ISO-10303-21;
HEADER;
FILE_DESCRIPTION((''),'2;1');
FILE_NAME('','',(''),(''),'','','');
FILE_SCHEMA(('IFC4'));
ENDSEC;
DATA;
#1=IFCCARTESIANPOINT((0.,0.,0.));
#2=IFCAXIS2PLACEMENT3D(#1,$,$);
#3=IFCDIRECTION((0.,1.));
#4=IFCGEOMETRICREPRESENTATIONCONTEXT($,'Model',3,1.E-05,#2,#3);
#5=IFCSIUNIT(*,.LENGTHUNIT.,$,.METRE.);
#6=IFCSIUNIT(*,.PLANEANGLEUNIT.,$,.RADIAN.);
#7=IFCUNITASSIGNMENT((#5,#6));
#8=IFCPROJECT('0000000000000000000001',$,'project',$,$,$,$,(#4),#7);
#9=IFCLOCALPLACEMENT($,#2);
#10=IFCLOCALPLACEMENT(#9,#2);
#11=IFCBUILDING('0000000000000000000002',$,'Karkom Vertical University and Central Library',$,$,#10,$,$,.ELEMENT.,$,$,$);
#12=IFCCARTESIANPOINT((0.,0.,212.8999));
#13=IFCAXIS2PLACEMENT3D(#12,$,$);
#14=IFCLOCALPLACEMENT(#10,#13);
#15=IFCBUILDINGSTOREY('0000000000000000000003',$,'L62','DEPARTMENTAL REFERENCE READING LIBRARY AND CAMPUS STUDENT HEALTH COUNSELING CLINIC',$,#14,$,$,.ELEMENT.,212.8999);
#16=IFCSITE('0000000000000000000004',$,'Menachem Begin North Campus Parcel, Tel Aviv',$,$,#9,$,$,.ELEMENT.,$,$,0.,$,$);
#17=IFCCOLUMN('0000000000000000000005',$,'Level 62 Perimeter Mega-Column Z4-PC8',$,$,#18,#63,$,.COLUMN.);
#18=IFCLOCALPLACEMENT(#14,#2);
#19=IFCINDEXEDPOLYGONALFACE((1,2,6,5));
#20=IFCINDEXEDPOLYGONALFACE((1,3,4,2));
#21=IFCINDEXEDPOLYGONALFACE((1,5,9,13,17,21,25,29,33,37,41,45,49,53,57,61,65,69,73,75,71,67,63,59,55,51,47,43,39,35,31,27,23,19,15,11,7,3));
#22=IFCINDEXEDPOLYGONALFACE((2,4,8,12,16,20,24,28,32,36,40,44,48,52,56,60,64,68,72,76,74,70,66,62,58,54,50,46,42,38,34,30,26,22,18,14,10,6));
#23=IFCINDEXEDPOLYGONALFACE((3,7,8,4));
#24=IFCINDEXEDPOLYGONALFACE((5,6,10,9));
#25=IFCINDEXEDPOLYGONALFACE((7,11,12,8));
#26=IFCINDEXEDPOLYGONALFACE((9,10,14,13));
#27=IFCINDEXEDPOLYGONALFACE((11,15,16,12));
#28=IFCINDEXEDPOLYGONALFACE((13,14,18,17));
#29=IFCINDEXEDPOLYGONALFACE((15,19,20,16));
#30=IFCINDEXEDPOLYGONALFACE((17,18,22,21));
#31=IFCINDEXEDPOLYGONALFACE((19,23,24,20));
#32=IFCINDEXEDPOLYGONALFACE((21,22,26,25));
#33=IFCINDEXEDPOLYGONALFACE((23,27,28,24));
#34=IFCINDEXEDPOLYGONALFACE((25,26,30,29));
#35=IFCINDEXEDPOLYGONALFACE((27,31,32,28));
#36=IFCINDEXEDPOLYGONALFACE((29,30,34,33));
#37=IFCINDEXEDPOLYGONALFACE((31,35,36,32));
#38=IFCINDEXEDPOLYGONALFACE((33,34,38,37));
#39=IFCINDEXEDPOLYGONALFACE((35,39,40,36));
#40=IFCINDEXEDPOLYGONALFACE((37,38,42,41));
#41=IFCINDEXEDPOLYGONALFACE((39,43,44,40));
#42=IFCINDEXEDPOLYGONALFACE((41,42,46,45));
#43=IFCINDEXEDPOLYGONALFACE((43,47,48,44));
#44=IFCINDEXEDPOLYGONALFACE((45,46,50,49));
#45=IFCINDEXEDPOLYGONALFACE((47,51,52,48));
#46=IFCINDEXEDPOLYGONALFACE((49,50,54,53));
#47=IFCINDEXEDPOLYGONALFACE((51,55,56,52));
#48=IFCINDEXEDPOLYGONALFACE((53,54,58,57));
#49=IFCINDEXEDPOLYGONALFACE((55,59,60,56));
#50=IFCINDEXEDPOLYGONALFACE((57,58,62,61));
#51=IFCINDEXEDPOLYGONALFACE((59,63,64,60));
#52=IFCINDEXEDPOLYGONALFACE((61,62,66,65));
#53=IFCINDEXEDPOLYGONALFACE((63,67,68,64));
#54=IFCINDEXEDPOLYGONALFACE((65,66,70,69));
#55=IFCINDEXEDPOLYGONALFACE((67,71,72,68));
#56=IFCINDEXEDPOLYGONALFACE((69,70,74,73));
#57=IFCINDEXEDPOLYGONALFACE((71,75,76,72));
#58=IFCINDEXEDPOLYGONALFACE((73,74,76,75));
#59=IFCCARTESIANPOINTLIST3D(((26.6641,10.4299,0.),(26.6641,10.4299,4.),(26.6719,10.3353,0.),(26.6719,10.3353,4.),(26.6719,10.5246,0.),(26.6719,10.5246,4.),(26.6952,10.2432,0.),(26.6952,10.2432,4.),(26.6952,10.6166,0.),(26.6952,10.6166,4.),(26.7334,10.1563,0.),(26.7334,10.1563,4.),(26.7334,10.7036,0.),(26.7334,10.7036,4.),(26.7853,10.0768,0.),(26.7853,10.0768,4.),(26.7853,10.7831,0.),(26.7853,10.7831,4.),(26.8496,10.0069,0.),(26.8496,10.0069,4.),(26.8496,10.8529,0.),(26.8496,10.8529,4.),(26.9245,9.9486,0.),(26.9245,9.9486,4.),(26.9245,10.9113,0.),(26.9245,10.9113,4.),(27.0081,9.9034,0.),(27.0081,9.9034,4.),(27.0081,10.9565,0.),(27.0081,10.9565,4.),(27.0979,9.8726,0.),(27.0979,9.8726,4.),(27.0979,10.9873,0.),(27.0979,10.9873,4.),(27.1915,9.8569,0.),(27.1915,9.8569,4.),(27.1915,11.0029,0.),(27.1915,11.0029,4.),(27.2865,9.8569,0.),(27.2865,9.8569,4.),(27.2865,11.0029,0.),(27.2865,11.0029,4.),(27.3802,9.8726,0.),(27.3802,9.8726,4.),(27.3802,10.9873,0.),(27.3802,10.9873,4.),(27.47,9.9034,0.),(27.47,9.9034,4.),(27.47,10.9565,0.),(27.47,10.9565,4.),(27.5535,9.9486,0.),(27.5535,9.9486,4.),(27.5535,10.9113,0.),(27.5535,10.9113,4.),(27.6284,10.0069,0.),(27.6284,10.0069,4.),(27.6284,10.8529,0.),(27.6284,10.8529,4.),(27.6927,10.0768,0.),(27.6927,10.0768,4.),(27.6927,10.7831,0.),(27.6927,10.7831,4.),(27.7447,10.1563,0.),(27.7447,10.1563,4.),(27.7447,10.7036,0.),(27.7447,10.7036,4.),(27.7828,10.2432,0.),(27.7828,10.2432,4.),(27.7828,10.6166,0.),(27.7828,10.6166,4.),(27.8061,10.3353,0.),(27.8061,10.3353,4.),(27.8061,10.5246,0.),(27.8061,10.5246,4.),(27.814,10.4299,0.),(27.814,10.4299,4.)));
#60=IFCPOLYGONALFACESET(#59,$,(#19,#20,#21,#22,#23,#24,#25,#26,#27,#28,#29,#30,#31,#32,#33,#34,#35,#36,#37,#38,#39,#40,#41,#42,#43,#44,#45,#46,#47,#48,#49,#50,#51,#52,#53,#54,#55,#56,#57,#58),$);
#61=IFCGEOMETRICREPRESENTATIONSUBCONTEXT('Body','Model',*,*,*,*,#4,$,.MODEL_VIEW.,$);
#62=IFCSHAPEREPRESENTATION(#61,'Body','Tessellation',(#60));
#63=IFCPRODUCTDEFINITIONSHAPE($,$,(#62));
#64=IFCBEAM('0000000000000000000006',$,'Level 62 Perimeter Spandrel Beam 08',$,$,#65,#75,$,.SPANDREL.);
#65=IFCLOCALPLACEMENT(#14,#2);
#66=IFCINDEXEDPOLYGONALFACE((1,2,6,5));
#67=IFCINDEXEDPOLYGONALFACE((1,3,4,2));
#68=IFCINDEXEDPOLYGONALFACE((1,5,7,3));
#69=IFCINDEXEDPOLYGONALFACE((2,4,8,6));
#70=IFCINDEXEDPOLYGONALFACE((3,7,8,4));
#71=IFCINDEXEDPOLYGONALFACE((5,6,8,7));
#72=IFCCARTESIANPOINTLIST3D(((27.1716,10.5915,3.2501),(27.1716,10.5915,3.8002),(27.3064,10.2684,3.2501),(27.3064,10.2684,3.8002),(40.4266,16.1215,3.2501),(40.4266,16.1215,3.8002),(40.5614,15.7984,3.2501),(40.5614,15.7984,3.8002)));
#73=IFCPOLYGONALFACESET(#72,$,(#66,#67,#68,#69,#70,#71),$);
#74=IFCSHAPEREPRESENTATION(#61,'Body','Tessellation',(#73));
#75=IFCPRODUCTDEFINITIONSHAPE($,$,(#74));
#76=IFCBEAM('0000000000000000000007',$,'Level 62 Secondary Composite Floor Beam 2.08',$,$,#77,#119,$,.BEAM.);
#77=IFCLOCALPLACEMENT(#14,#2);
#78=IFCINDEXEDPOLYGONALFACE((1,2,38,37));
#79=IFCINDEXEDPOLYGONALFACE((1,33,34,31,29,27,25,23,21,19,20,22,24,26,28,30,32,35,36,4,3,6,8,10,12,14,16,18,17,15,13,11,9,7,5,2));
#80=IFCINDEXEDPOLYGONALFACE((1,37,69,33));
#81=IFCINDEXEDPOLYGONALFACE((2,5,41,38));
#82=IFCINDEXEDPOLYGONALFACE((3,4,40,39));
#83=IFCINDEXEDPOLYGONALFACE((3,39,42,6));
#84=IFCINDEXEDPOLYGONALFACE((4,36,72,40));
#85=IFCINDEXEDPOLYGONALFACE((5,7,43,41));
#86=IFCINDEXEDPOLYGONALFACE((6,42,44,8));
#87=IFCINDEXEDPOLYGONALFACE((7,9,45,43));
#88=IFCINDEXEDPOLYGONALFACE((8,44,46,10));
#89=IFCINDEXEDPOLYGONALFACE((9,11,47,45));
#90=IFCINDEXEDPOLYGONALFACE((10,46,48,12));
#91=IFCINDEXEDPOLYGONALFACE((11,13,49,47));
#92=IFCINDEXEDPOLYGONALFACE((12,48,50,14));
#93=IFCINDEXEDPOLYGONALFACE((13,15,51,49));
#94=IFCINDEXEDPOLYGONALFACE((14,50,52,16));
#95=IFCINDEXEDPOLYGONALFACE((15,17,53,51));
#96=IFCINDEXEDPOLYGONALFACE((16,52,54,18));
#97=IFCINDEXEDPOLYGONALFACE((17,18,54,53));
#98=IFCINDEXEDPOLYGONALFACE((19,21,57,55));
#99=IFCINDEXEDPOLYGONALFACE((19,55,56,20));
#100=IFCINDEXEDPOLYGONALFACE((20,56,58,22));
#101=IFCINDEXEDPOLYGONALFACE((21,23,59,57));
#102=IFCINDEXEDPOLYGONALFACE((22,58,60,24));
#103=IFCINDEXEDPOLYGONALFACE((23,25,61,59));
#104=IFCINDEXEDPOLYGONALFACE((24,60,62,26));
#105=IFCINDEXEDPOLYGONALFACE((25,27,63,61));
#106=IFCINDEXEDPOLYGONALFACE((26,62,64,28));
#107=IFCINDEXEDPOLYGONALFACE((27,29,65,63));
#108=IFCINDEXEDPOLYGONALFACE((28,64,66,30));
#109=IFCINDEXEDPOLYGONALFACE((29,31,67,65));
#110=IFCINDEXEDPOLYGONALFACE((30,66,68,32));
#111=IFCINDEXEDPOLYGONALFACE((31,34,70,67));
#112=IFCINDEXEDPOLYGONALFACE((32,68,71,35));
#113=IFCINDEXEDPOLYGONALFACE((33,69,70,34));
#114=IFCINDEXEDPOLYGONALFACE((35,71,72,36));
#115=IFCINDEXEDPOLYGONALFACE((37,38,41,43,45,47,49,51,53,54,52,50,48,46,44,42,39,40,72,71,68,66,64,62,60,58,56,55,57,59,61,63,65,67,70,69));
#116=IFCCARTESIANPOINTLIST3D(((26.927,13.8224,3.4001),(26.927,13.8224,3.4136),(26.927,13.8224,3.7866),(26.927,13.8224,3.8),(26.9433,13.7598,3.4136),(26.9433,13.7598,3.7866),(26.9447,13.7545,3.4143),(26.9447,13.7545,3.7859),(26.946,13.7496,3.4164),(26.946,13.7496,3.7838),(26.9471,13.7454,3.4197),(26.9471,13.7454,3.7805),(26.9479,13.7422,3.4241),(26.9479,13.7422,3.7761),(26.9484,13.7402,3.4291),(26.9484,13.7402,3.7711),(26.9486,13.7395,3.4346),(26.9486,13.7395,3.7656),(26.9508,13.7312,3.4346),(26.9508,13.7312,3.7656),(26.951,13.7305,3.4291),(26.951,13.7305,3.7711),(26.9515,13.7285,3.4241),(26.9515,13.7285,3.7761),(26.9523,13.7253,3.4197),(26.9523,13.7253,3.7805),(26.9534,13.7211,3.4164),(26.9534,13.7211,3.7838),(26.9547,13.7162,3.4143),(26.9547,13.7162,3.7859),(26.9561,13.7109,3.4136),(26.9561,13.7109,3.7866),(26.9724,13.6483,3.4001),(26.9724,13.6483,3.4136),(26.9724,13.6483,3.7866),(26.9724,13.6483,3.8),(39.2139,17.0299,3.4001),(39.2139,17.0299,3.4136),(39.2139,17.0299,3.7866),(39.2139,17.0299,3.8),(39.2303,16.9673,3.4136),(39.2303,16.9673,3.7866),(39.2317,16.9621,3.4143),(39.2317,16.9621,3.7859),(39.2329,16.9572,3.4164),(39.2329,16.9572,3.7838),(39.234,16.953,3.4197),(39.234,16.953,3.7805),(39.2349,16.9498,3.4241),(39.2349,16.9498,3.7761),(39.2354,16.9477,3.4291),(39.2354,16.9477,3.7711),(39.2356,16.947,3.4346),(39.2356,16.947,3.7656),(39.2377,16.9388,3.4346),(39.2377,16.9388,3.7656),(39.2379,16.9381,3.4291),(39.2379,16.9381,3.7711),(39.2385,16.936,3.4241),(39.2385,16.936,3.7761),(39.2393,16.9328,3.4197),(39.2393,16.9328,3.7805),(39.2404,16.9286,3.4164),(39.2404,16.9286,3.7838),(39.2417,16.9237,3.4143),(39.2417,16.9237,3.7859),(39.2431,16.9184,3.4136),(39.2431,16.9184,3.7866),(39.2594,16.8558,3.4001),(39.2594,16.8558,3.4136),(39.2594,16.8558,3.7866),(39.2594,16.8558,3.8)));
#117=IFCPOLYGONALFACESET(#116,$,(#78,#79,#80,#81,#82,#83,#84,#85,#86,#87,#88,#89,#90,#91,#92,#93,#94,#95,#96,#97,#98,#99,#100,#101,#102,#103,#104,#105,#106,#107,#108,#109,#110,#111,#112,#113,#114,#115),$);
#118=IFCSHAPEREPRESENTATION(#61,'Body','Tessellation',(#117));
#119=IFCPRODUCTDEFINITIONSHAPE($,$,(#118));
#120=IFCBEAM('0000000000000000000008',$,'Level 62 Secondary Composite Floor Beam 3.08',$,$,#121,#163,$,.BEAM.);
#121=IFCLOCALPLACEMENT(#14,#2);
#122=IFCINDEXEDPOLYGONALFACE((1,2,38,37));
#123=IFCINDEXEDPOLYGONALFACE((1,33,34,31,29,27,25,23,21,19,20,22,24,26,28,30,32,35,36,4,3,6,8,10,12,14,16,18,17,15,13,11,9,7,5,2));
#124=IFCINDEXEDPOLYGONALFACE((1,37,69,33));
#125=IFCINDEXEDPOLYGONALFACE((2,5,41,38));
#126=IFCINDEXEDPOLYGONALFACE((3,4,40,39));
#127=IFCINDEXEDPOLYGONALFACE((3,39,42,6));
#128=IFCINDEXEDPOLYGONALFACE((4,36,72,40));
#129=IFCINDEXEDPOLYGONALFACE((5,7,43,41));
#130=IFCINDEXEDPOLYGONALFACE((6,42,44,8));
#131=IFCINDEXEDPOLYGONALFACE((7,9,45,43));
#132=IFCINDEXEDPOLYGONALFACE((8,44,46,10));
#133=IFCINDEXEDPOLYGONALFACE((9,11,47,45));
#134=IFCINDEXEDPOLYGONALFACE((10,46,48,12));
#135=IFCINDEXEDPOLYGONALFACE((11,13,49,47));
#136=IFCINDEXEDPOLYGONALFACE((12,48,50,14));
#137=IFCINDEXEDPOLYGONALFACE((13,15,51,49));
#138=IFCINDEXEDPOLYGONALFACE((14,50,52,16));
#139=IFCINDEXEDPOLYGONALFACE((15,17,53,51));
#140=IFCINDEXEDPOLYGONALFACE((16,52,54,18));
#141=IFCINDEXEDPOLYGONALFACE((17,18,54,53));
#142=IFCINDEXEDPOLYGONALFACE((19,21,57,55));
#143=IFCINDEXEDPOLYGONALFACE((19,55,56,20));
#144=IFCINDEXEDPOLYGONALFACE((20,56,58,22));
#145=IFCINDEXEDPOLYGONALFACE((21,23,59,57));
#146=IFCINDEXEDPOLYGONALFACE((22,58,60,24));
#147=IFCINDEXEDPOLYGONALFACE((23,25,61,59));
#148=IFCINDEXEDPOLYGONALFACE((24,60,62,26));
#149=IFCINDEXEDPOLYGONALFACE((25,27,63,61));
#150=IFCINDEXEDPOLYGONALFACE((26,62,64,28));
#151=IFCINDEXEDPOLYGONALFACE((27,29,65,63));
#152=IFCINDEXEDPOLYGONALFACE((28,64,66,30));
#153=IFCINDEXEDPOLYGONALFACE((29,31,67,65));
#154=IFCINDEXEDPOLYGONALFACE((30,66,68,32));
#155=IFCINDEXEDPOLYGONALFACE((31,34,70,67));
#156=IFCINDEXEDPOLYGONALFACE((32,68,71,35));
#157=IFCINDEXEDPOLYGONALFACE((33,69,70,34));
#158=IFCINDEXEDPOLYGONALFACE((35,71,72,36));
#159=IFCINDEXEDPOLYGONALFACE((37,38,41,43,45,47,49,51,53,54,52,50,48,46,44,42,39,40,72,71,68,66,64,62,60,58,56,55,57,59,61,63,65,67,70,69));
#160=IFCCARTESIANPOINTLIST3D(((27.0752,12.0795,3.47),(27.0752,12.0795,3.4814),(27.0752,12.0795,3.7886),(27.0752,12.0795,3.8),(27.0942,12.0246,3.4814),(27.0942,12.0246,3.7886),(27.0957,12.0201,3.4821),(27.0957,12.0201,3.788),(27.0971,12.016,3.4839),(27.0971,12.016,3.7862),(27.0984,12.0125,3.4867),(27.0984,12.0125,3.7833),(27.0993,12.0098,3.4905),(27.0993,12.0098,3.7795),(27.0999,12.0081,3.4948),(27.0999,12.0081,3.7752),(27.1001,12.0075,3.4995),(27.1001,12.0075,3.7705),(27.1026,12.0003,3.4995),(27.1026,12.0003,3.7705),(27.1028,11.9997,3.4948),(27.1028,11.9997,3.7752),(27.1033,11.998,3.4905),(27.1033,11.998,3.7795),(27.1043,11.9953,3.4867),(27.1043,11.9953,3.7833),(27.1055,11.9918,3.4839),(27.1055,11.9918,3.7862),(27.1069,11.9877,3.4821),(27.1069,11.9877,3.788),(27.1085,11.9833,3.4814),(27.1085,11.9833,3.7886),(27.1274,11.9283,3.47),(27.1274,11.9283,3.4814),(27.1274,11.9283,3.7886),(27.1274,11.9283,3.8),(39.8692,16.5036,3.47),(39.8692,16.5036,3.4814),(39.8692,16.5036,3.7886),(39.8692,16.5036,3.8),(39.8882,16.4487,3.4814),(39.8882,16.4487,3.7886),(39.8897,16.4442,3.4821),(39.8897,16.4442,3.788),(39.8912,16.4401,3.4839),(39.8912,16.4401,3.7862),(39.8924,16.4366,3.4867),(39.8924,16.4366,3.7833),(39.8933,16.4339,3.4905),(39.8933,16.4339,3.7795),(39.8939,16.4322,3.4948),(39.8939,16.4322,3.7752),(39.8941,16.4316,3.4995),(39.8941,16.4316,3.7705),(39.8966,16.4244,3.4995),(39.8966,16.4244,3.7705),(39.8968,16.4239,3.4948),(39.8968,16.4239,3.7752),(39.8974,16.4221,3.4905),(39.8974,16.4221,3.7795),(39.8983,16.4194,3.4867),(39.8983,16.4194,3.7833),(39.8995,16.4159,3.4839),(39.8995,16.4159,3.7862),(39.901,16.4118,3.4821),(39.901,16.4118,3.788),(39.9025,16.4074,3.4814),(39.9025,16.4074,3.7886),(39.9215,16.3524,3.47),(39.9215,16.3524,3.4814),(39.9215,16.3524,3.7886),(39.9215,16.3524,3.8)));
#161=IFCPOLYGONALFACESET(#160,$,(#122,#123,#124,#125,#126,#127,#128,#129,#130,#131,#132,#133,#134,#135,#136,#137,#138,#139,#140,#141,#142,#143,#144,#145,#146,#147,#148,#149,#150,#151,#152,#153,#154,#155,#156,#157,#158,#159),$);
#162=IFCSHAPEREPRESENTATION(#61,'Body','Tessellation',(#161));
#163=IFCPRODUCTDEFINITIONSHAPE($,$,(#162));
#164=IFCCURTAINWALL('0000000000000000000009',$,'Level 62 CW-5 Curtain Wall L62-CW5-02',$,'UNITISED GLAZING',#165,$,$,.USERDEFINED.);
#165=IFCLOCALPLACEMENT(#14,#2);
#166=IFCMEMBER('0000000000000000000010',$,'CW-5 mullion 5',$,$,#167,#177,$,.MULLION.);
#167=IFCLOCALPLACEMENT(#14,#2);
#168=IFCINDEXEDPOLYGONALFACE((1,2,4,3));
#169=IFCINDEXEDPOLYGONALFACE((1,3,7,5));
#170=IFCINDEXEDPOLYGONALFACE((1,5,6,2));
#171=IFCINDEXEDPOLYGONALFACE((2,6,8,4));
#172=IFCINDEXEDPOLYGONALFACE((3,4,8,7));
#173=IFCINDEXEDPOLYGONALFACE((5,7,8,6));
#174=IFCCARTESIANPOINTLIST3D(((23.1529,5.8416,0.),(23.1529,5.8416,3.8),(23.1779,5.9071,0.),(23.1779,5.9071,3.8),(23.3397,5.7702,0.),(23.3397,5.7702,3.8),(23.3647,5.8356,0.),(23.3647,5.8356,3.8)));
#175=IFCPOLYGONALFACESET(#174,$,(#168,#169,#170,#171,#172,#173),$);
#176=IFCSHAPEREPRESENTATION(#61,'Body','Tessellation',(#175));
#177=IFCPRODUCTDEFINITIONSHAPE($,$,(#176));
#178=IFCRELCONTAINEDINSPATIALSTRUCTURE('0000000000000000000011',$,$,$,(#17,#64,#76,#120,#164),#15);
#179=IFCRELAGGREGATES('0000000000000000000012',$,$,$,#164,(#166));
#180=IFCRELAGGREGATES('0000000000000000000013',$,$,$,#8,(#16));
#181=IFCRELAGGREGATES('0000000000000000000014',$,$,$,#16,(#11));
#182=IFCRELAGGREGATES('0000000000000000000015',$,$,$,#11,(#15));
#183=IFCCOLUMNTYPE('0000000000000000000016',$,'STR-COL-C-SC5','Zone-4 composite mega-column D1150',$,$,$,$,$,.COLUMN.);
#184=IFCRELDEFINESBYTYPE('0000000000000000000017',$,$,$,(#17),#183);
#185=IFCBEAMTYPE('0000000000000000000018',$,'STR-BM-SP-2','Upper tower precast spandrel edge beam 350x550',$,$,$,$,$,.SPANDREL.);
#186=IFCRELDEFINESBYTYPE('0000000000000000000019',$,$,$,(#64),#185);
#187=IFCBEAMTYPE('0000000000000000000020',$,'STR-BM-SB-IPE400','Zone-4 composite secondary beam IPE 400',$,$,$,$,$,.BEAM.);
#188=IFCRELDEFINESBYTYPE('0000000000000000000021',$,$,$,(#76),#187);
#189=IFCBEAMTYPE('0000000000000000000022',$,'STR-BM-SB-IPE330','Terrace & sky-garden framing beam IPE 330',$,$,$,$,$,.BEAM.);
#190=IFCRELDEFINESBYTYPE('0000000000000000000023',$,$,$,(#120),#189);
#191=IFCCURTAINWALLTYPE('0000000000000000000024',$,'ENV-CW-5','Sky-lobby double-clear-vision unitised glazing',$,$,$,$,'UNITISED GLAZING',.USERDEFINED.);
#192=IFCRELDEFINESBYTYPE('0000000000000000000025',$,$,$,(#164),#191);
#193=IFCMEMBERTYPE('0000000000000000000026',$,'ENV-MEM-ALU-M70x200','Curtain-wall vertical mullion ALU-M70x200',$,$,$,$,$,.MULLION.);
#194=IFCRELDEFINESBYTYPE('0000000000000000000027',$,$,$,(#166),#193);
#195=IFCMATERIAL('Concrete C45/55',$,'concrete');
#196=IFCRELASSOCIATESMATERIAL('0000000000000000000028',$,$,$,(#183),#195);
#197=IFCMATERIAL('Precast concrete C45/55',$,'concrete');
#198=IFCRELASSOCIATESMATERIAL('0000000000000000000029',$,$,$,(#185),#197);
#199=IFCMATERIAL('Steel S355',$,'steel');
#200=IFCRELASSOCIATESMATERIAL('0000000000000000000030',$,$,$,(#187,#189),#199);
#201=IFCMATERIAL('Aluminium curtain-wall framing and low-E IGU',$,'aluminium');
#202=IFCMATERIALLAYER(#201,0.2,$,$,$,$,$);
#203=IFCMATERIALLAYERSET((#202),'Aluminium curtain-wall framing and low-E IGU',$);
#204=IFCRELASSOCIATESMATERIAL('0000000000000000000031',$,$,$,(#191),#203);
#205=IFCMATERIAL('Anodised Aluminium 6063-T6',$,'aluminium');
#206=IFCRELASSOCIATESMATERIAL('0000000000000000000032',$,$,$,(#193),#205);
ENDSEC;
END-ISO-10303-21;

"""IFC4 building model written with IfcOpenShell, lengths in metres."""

from ifc_helpers import new_model, si_unit, direction, frame, origin, origin_with_axes, origin_2d, place, context, subcontext, project, spatial, rectangle, circle, i_section, extrude, source, transform, mapped, material, layer, layer_set, material_profile, profile_set, type_object, element, aggregate, save


model = new_model("IFC4")

# Units and contexts
model_context = context("Model", 3, precision=1e-05, world=origin(), true_north=direction((0.0, 1.0)))
body_context = subcontext(model_context, "Body", "Model", "MODEL_VIEW")
ifc_project = project(units=[si_unit("LENGTHUNIT", "METRE"), si_unit("PLANEANGLEUNIT", "RADIAN")], contexts=[model_context])

# Site, building, storey
site_placement = place(None, origin())
site = spatial("IfcSite", under=ifc_project, at=site_placement, Name="Menachem Begin North Campus Parcel, Tel Aviv", CompositionType="ELEMENT", RefElevation=0.0)
building_placement = place(site_placement, origin())
building = spatial("IfcBuilding", under=site, at=building_placement, Name="Karkom Vertical University and Central Library", CompositionType="ELEMENT")
storey_placement = place(building_placement, frame((0.0, 0.0, 212.8999)))
storey = spatial("IfcBuildingStorey", under=building, at=storey_placement, Name="L62", Description="DEPARTMENTAL REFERENCE READING LIBRARY AND CAMPUS STUDENT HEALTH COUNSELING CLINIC", CompositionType="ELEMENT", Elevation=212.8999)

# Column
ifc_material_1 = material(Name="Concrete C45/55", Category="concrete")
ifc_material_profile_1 = material_profile(ifc_material_1, circle(Radius=0.575, at=origin_2d()), Name="CFT-D1150")
ifc_profile_set_1 = profile_set([ifc_material_profile_1], Name="Concrete C45/55")
column_type = type_object("IfcColumnType", Name="STR-COL-C-SC5", Description="Zone-4 composite mega-column D1150", PredefinedType="COLUMN", material=ifc_profile_set_1)
shared_shape_1 = source(origin_with_axes(), body_context, "Body", "SweptSolid", [
    extrude(circle(Radius=0.575, at=origin_2d()), origin(), (0.0, 0.0, 1.0), 4.0),
])
column_placement = place(storey_placement, frame((27.239, 10.4299, 0.0), z_axis=(0.0, 0.0, 1.0), x_axis=(1.0, 0.0, 0.0)))
element("IfcColumn", 1, at=column_placement, inside=storey, type_object=column_type, Name="Level 62 Perimeter Mega-Column Z4-PC8", PredefinedType="COLUMN", context=body_context, shape_type="MappedRepresentation", body=[
    mapped(shared_shape_1, transform((0.0, 0.0, 0.0), scale=1.0)),
])

# Beams
ifc_material_2 = material(Name="Precast concrete C45/55", Category="concrete")
ifc_material_profile_2 = material_profile(ifc_material_2, rectangle(XDim=0.3501, YDim=0.55, at=origin_2d()), Name="SPB-350x550")
ifc_profile_set_2 = profile_set([ifc_material_profile_2], Name="Precast concrete C45/55")
beam_type_1 = type_object("IfcBeamType", Name="STR-BM-SP-2", Description="Upper tower precast spandrel edge beam 350x550", PredefinedType="SPANDREL", material=ifc_profile_set_2)
shared_shape_2 = source(origin_with_axes(), body_context, "Body", "SweptSolid", [
    extrude(rectangle(XDim=0.3501, YDim=0.55, at=origin_2d()), origin(), (0.0, 0.0, 1.0), 14.3623),
])
beam_1_placement = place(storey_placement, frame((27.239, 10.4299, 3.5251), z_axis=(0.9229, 0.38504, 0.0), x_axis=(-0.38504, 0.9229, 0.0)))
element("IfcBeam", 2, at=beam_1_placement, inside=storey, type_object=beam_type_1, Name="Level 62 Perimeter Spandrel Beam 08", PredefinedType="SPANDREL", context=body_context, shape_type="MappedRepresentation", body=[
    mapped(shared_shape_2, transform((0.0, 0.0, 0.0), scale=1.0)),
])
ifc_material_3 = material(Name="Steel S355", Category="steel")
ifc_material_profile_3 = material_profile(ifc_material_3, i_section(OverallWidth=0.1799, OverallDepth=0.3999, WebThickness=0.0085, FlangeThickness=0.0134, FilletRadius=0.021, at=origin_2d()), Name="IPE 400")
ifc_profile_set_3 = profile_set([ifc_material_profile_3], Name="Steel S355")
beam_type_2 = type_object("IfcBeamType", Name="STR-BM-SB-IPE400", Description="Zone-4 composite secondary beam IPE 400", PredefinedType="BEAM", material=ifc_profile_set_3)
shared_shape_3 = source(origin_with_axes(), body_context, "Body", "SweptSolid", [
    extrude(i_section(OverallWidth=0.1799, OverallDepth=0.3999, WebThickness=0.0085, FlangeThickness=0.0134, FilletRadius=0.021, at=origin_2d()), origin(), (0.0, 0.0, 1.0), 12.6987),
])
beam_2_placement = place(storey_placement, frame((26.9497, 13.7354, 3.6001), z_axis=(0.967574, 0.252588, 0.0), x_axis=(-0.252588, 0.967574, 0.0)))
element("IfcBeam", 3, at=beam_2_placement, inside=storey, type_object=beam_type_2, Name="Level 62 Secondary Composite Floor Beam 2.08", PredefinedType="BEAM", context=body_context, shape_type="MappedRepresentation", body=[
    mapped(shared_shape_3, transform((0.0, 0.0, 0.0), scale=1.0)),
])
ifc_material_profile_4 = material_profile(ifc_material_3, i_section(OverallWidth=0.1599, OverallDepth=0.3301, WebThickness=0.0076, FlangeThickness=0.0115, FilletRadius=0.0181, at=origin_2d()), Name="IPE 330")
ifc_profile_set_4 = profile_set([ifc_material_profile_4], Name="Steel S355")
beam_type_3 = type_object("IfcBeamType", Name="STR-BM-SB-IPE330", Description="Terrace & sky-garden framing beam IPE 330", PredefinedType="BEAM", material=ifc_profile_set_4)
shared_shape_4 = source(origin_with_axes(), body_context, "Body", "SweptSolid", [
    extrude(i_section(OverallWidth=0.1599, OverallDepth=0.3301, WebThickness=0.0076, FlangeThickness=0.0115, FilletRadius=0.0181, at=origin_2d()), origin(), (0.0, 0.0, 1.0), 13.5374),
])
beam_3_placement = place(storey_placement, frame((27.1013, 12.0039, 3.635), z_axis=(0.945091, 0.326807, 0.0), x_axis=(-0.326807, 0.945091, 0.0)))
element("IfcBeam", 4, at=beam_3_placement, inside=storey, type_object=beam_type_3, Name="Level 62 Secondary Composite Floor Beam 3.08", PredefinedType="BEAM", context=body_context, shape_type="MappedRepresentation", body=[
    mapped(shared_shape_4, transform((0.0, 0.0, 0.0), scale=1.0)),
])

# Curtain wall, member
ifc_material_4 = material(Name="Aluminium curtain-wall framing and low-E IGU", Category="aluminium")
ifc_layer_1 = layer(ifc_material_4, 0.2)
ifc_layer_set_1 = layer_set([ifc_layer_1], Name="Aluminium curtain-wall framing and low-E IGU")
curtain_wall_type = type_object("IfcCurtainWallType", Name="ENV-CW-5", Description="Sky-lobby double-clear-vision unitised glazing", ElementType="UNITISED GLAZING", PredefinedType="USERDEFINED", material=ifc_layer_set_1)
curtain_wall_placement = place(storey_placement, origin())
curtain_wall = element("IfcCurtainWall", 5, at=curtain_wall_placement, inside=storey, type_object=curtain_wall_type, Name="Level 62 CW-5 Curtain Wall L62-CW5-02", ObjectType="UNITISED GLAZING", PredefinedType="USERDEFINED")
ifc_material_5 = material(Name="Anodised Aluminium 6063-T6", Category="aluminium")
ifc_material_profile_5 = material_profile(ifc_material_5, rectangle(XDim=0.0701, YDim=0.2, at=origin_2d()), Name="ALU-M70x200")
ifc_profile_set_5 = profile_set([ifc_material_profile_5], Name="Anodised Aluminium 6063-T6")
member_type_1 = type_object("IfcMemberType", Name="ENV-MEM-ALU-M70x200", Description="Curtain-wall vertical mullion ALU-M70x200", PredefinedType="MULLION", material=ifc_profile_set_5)
shared_shape_5 = source(origin_with_axes(), body_context, "Body", "SweptSolid", [
    extrude(rectangle(XDim=0.0701, YDim=0.2, at=origin_2d()), origin(), (0.0, 0.0, 1.0), 3.8),
])
member_1_placement = place(storey_placement, frame((23.2588, 5.8386, 0.0), z_axis=(0.0, 0.0, 1.0), x_axis=(0.357182, 0.934035, 0.0)))
member_1 = element("IfcMember", 6, at=member_1_placement, type_object=member_type_1, Name="CW-5 mullion 5", PredefinedType="MULLION", context=body_context, shape_type="MappedRepresentation", body=[
    mapped(shared_shape_5, transform((0.0, 0.0, 0.0), scale=1.0)),
])
aggregate(curtain_wall, [member_1])

save(model, "model.ifc")
